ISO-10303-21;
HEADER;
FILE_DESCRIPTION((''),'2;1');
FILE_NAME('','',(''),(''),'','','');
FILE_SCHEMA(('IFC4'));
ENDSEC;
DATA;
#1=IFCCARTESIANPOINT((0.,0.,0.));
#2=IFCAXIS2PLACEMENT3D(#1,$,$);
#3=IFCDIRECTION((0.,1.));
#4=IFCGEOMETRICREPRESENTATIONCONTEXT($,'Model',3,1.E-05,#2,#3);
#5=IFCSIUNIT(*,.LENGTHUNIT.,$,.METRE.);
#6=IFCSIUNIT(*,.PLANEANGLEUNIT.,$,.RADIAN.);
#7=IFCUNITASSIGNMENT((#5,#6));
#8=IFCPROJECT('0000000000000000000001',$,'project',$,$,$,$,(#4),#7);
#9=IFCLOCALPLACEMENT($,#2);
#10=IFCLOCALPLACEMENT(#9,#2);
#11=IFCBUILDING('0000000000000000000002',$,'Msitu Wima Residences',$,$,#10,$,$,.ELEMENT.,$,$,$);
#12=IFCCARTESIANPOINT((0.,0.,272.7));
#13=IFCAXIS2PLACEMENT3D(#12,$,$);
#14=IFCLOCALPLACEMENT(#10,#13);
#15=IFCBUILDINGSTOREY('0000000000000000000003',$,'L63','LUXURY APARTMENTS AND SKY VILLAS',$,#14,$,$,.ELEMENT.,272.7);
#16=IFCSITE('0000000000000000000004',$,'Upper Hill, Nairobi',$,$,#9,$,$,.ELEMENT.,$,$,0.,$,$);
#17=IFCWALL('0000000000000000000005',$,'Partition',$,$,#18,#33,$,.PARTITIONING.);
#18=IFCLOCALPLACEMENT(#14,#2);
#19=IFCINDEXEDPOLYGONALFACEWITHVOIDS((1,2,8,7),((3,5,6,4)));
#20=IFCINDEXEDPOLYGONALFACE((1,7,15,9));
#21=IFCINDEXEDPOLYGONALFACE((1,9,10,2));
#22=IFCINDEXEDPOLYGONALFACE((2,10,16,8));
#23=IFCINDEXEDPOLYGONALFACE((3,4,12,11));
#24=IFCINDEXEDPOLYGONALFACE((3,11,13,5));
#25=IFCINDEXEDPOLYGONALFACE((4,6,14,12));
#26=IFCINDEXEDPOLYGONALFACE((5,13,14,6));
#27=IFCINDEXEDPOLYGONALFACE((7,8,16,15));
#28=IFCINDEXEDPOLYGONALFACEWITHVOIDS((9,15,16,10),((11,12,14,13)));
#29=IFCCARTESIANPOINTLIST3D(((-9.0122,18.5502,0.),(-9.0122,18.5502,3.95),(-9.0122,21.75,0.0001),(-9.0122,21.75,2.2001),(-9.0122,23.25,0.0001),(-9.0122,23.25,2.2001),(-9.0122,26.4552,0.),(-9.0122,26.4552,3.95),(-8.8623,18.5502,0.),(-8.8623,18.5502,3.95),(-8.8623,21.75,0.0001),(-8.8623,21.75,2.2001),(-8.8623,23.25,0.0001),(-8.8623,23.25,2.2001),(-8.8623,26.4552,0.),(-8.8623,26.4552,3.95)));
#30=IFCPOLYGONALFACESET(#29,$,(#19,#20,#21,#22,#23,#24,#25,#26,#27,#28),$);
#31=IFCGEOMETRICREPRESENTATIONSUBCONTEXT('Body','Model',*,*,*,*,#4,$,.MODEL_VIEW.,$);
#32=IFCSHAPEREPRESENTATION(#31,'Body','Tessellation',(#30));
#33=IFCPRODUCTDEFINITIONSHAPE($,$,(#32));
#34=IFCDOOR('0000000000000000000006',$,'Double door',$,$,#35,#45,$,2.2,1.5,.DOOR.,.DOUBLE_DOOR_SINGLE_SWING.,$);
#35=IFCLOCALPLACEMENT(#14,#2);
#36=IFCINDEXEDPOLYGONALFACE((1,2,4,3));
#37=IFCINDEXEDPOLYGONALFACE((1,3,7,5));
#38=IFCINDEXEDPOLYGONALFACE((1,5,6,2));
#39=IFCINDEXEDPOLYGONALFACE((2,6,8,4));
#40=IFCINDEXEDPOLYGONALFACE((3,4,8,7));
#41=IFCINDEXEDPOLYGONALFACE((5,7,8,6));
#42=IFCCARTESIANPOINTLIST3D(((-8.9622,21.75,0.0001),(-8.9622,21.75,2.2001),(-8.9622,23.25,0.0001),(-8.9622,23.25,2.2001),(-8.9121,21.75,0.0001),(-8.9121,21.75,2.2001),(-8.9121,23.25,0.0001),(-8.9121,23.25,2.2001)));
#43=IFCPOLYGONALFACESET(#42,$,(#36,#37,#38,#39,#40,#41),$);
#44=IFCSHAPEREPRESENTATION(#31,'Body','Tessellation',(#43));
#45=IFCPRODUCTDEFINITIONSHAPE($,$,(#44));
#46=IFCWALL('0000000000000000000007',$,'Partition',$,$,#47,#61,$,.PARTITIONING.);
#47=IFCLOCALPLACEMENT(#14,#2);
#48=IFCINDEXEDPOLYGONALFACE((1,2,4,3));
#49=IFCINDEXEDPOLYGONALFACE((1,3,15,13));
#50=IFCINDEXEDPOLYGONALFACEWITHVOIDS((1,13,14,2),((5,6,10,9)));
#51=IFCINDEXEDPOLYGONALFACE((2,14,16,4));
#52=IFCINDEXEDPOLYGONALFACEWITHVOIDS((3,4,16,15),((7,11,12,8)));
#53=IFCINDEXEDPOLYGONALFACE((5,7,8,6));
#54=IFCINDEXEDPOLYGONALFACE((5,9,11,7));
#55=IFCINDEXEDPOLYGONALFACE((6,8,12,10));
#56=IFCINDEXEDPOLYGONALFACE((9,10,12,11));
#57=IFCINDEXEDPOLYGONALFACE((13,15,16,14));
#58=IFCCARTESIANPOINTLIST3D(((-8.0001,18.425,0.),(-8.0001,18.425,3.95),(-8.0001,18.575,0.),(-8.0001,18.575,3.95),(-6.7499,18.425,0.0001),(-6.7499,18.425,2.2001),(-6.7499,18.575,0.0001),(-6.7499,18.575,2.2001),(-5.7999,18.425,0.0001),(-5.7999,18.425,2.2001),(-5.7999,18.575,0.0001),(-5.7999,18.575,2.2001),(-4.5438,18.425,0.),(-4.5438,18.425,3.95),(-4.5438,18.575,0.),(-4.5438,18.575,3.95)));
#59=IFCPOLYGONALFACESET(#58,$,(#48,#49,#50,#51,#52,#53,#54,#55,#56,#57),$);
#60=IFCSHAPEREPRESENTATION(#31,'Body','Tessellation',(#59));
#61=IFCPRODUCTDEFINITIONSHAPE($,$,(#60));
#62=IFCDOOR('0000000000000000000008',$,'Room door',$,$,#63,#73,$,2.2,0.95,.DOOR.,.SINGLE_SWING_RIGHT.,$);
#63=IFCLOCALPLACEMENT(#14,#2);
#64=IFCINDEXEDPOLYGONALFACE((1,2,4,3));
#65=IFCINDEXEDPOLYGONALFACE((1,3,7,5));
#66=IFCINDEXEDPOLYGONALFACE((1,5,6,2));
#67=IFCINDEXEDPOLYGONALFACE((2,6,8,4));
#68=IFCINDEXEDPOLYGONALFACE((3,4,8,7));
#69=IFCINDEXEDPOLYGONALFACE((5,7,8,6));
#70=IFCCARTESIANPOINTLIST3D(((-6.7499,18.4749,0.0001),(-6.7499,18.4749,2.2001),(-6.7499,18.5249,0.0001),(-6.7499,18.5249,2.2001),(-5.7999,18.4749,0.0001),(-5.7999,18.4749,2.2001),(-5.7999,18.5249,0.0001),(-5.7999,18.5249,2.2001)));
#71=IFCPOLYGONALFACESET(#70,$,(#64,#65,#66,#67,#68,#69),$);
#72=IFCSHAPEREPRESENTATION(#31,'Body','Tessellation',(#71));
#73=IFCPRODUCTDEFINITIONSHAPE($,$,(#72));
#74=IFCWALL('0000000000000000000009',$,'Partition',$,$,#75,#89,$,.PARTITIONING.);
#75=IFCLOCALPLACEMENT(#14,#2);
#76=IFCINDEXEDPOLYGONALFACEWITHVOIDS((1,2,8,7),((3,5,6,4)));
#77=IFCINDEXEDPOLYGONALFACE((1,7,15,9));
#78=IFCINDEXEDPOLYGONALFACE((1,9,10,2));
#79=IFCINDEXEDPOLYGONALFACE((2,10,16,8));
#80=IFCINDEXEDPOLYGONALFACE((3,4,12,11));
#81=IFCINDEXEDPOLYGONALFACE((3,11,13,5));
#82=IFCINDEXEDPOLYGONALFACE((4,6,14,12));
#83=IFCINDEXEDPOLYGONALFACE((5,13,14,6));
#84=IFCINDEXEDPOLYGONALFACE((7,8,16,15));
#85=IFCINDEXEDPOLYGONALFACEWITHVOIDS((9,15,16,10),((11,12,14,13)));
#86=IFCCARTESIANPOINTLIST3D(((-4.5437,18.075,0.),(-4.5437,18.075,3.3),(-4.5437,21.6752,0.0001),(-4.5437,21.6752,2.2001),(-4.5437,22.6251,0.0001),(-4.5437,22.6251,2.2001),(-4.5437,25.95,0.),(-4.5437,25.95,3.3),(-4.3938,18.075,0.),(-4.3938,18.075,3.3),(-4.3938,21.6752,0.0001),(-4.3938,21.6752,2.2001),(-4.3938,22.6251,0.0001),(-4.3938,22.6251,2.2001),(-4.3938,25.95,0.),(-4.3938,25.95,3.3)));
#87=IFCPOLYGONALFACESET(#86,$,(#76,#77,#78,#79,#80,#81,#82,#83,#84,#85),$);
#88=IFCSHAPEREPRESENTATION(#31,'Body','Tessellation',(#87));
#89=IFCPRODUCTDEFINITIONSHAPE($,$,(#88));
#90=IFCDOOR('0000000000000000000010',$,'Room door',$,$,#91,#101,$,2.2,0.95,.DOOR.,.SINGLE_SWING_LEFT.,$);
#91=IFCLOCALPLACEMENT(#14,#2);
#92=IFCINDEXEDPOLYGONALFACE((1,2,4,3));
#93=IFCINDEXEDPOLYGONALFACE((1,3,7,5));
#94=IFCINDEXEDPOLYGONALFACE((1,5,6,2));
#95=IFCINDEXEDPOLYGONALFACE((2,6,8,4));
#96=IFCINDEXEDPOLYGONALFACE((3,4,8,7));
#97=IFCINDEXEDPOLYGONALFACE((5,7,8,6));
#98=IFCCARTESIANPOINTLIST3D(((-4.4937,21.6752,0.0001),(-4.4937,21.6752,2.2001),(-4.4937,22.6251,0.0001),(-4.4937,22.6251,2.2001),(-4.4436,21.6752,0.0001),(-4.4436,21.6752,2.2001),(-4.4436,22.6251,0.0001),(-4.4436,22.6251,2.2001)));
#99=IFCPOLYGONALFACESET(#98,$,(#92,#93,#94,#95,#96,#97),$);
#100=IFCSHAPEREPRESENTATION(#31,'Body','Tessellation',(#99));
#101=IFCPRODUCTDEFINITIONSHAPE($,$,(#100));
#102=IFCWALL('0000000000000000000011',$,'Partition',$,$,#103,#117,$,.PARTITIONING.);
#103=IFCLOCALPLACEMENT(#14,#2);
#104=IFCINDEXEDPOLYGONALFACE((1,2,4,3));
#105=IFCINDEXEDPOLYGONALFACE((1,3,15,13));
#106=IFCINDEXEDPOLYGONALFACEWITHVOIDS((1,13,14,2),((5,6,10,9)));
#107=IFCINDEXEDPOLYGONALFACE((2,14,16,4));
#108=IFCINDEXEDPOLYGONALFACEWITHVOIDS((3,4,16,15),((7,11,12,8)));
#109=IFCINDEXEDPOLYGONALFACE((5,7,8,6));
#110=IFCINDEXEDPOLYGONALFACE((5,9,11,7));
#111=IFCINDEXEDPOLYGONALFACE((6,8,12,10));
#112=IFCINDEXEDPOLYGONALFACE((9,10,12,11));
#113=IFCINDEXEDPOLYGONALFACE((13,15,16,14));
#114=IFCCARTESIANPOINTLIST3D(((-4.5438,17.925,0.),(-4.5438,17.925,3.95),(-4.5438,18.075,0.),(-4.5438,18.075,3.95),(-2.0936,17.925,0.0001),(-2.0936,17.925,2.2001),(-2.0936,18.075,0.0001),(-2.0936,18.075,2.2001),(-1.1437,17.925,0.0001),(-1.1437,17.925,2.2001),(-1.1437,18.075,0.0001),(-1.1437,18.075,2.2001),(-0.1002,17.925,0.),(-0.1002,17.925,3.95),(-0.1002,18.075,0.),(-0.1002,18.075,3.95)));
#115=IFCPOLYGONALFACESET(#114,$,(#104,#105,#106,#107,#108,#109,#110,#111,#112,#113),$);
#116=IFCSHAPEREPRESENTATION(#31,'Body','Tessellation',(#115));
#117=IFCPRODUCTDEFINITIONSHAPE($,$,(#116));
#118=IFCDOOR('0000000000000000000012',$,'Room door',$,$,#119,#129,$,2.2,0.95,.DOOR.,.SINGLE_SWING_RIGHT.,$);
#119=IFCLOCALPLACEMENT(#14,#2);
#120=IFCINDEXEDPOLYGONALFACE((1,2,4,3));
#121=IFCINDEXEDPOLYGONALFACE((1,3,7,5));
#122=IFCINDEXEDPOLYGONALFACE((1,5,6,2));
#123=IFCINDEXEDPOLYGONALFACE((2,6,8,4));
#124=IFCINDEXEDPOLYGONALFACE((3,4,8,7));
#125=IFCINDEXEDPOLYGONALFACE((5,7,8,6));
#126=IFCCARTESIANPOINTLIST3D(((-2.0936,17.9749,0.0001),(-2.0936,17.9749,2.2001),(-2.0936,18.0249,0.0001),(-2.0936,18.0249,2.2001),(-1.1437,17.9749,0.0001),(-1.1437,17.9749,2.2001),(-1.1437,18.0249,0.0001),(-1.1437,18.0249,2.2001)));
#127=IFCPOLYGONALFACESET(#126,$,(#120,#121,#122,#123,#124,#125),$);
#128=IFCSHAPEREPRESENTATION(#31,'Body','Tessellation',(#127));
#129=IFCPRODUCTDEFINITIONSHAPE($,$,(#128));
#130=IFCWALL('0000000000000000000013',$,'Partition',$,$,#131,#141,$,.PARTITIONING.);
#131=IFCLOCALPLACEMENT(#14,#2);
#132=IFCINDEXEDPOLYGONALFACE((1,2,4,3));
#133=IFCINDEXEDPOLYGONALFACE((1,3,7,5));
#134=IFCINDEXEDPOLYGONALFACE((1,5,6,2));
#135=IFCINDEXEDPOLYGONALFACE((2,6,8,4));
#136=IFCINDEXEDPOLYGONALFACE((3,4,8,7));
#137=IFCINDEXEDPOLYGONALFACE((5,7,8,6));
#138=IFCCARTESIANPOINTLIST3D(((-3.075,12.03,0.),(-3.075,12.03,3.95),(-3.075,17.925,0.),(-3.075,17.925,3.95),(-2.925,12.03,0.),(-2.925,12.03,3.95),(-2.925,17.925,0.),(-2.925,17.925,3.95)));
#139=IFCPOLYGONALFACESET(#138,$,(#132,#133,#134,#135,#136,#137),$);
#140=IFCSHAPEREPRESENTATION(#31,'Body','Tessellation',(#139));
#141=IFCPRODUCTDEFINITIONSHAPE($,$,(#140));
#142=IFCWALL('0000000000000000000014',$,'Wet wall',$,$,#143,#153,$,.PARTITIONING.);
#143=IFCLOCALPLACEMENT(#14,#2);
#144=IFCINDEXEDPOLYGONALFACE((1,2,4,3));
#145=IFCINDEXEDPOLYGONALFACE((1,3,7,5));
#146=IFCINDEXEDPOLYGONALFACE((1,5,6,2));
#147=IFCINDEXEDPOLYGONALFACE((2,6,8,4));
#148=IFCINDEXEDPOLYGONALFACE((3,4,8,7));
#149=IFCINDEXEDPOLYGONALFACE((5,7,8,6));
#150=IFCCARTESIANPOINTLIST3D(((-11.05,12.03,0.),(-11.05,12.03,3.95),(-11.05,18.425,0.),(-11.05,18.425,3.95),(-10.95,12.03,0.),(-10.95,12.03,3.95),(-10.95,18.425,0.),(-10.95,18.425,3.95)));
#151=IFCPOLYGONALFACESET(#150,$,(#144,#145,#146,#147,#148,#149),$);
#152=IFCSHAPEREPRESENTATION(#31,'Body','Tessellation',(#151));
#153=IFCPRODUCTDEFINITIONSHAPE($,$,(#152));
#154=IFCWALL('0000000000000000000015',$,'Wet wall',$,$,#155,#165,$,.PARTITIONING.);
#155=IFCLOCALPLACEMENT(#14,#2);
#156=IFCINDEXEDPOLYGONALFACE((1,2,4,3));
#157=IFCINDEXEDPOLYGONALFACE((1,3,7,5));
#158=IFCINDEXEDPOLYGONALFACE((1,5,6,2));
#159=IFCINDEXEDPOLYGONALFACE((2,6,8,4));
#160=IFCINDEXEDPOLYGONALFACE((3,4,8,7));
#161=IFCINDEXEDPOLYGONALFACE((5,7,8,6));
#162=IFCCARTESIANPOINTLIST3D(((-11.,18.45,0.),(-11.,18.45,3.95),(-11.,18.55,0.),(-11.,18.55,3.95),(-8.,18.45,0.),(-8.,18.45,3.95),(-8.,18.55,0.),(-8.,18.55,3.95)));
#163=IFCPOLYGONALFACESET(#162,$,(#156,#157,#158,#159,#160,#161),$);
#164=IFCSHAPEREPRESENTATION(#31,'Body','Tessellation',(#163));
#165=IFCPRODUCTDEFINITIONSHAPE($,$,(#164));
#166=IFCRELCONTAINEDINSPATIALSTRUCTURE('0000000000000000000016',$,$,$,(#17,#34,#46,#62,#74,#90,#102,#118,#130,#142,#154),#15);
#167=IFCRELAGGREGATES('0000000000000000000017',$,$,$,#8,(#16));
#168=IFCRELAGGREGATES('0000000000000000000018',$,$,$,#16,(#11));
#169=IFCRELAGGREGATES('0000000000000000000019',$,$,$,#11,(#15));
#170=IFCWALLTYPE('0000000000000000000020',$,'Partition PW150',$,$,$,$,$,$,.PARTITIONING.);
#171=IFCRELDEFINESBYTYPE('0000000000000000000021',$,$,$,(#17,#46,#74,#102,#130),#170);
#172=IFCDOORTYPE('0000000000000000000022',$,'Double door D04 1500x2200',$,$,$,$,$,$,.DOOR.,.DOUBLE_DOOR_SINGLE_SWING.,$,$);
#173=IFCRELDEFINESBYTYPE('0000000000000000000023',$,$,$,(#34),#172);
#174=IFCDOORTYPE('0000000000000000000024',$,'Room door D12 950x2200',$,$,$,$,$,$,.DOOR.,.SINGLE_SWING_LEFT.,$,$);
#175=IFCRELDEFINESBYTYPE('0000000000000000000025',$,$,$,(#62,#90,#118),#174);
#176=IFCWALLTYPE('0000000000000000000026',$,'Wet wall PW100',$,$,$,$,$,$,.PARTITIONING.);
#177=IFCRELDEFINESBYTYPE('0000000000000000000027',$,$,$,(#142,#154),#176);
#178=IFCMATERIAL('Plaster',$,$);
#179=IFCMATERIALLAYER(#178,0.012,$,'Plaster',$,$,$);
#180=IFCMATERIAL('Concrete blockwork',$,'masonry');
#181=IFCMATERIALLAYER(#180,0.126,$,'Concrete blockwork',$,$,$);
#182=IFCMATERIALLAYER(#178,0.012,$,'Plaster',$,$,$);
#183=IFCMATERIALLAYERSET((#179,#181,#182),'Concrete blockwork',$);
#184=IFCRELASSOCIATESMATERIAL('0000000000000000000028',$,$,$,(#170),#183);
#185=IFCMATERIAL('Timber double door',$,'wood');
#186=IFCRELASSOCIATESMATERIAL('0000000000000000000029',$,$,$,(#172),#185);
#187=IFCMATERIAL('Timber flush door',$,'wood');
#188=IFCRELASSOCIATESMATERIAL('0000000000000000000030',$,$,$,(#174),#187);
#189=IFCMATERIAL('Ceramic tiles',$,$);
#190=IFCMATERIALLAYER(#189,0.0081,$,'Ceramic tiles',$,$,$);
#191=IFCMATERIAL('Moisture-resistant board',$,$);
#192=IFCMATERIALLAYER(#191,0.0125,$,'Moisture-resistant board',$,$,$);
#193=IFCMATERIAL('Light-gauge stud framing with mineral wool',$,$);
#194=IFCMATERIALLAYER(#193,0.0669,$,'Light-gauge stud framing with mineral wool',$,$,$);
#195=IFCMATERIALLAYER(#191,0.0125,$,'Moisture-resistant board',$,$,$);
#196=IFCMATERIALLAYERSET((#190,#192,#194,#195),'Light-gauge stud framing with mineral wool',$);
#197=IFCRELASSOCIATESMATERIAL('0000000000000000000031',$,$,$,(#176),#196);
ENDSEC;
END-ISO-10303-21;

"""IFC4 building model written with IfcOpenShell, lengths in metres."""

from ifc_helpers import new_model, si_unit, direction, frame, frame_2d, origin, place, context, subcontext, project, spatial, rectangle, extrude, material, layer, layer_set, type_object, element, fill, save


model = new_model("IFC4")

# Units and contexts
model_context = context("Model", 3, precision=1e-05, world=origin(), true_north=direction((0.0, 1.0)))
body_context = subcontext(model_context, "Body", "Model", "MODEL_VIEW")
ifc_project = project(units=[si_unit("LENGTHUNIT", "METRE"), si_unit("PLANEANGLEUNIT", "RADIAN")], contexts=[model_context])

# Site, building, storey
site_placement = place(None, origin())
site = spatial("IfcSite", under=ifc_project, at=site_placement, Name="Upper Hill, Nairobi", CompositionType="ELEMENT", RefElevation=0.0)
building_placement = place(site_placement, origin())
building = spatial("IfcBuilding", under=site, at=building_placement, Name="Msitu Wima Residences", CompositionType="ELEMENT")
storey_placement = place(building_placement, frame((0.0, 0.0, 272.7)))
storey = spatial("IfcBuildingStorey", under=building, at=storey_placement, Name="L63", Description="LUXURY APARTMENTS AND SKY VILLAS", CompositionType="ELEMENT", Elevation=272.7)

# Walls, openings, doors
ifc_material_1 = material(Name="Plaster")
ifc_layer_1 = layer(ifc_material_1, 0.012, Name="Plaster")
ifc_material_2 = material(Name="Concrete blockwork", Category="masonry")
ifc_layer_2 = layer(ifc_material_2, 0.126, Name="Concrete blockwork")
ifc_layer_3 = layer(ifc_material_1, 0.012, Name="Plaster")
ifc_layer_set_1 = layer_set([ifc_layer_1, ifc_layer_2, ifc_layer_3], Name="Concrete blockwork")
wall_type_1 = type_object("IfcWallType", Name="Partition PW150", PredefinedType="PARTITIONING", material=ifc_layer_set_1)
wall_1_placement = place(storey_placement, frame((-8.9373, 18.55, 0.0), z_axis=(0.0, 0.0, 1.0), x_axis=(0.0, 1.0, 0.0)))
wall_1 = element("IfcWall", 1, at=wall_1_placement, inside=storey, type_object=wall_type_1, Name="Partition", PredefinedType="PARTITIONING", context=body_context, shape_type="SweptSolid", body=[
    extrude(rectangle(XDim=7.905, YDim=0.1499, at=frame_2d((3.9526, 0.0))), origin(), (0.0, 0.0, 1.0), 3.95),
])
opening_1_placement = place(wall_1_placement, frame((3.2, 0.0, 0.0)))
opening_1 = element("IfcOpeningElement", 2, at=opening_1_placement, cuts=wall_1, PredefinedType="OPENING", context=body_context, shape_type="SweptSolid", body=[
    extrude(rectangle(XDim=1.5, YDim=2.2, at=frame_2d((0.75, 1.1001))), frame((0.0, 0.085, 0.0), z_axis=(0.0, -1.0, 0.0), x_axis=(1.0, 0.0, 0.0)), (0.0, 0.0, 1.0), 0.1699),
])
ifc_material_3 = material(Name="Timber double door", Category="wood")
door_type_1 = type_object("IfcDoorType", Name="Double door D04 1500x2200", OperationType="DOUBLE_DOOR_SINGLE_SWING", PredefinedType="DOOR", material=ifc_material_3)
door_1_placement = place(opening_1_placement, origin())
door_1 = element("IfcDoor", 3, at=door_1_placement, inside=storey, type_object=door_type_1, Name="Double door", OperationType="DOUBLE_DOOR_SINGLE_SWING", OverallHeight=2.2, OverallWidth=1.5, PredefinedType="DOOR", context=body_context, shape_type="SweptSolid", body=[
    extrude(rectangle(XDim=1.5, YDim=2.2, at=frame_2d((0.75, 1.1001))), frame((0.0, 0.0249, 0.0), z_axis=(0.0, -1.0, 0.0), x_axis=(1.0, 0.0, 0.0)), (0.0, 0.0, 1.0), 0.05),
])
fill(opening_1, door_1)
wall_2_placement = place(storey_placement, frame((-8.0, 18.5, 0.0), z_axis=(0.0, 0.0, 1.0), x_axis=(1.0, 0.0, 0.0)))
wall_2 = element("IfcWall", 4, at=wall_2_placement, inside=storey, type_object=wall_type_1, Name="Partition", PredefinedType="PARTITIONING", context=body_context, shape_type="SweptSolid", body=[
    extrude(rectangle(XDim=3.4563, YDim=0.1499, at=frame_2d((1.728, 0.0))), origin(), (0.0, 0.0, 1.0), 3.95),
])
opening_2_placement = place(wall_2_placement, frame((1.25, 0.0, 0.0)))
opening_2 = element("IfcOpeningElement", 5, at=opening_2_placement, cuts=wall_2, PredefinedType="OPENING", context=body_context, shape_type="SweptSolid", body=[
    extrude(rectangle(XDim=0.95, YDim=2.2, at=frame_2d((0.4751, 1.1001))), frame((0.0, 0.085, 0.0), z_axis=(0.0, -1.0, 0.0), x_axis=(1.0, 0.0, 0.0)), (0.0, 0.0, 1.0), 0.1699),
])
ifc_material_4 = material(Name="Timber flush door", Category="wood")
door_type_2 = type_object("IfcDoorType", Name="Room door D12 950x2200", OperationType="SINGLE_SWING_LEFT", PredefinedType="DOOR", material=ifc_material_4)
door_2_placement = place(opening_2_placement, origin())
door_2 = element("IfcDoor", 6, at=door_2_placement, inside=storey, type_object=door_type_2, Name="Room door", OperationType="SINGLE_SWING_RIGHT", OverallHeight=2.2, OverallWidth=0.95, PredefinedType="DOOR", context=body_context, shape_type="SweptSolid", body=[
    extrude(rectangle(XDim=0.95, YDim=2.2, at=frame_2d((0.4751, 1.1001))), frame((0.0, 0.0249, 0.0), z_axis=(0.0, -1.0, 0.0), x_axis=(1.0, 0.0, 0.0)), (0.0, 0.0, 1.0), 0.05),
])
fill(opening_2, door_2)
wall_3_placement = place(storey_placement, frame((-4.4688, 18.075, 0.0), z_axis=(0.0, 0.0, 1.0), x_axis=(0.0, 1.0, 0.0)))
wall_3 = element("IfcWall", 7, at=wall_3_placement, inside=storey, type_object=wall_type_1, Name="Partition", PredefinedType="PARTITIONING", context=body_context, shape_type="SweptSolid", body=[
    extrude(rectangle(XDim=7.875, YDim=0.1499, at=frame_2d((3.9375, 0.0))), origin(), (0.0, 0.0, 1.0), 3.3),
])
opening_3_placement = place(wall_3_placement, frame((3.6001, 0.0, 0.0)))
opening_3 = element("IfcOpeningElement", 8, at=opening_3_placement, cuts=wall_3, PredefinedType="OPENING", context=body_context, shape_type="SweptSolid", body=[
    extrude(rectangle(XDim=0.95, YDim=2.2, at=frame_2d((0.4751, 1.1001))), frame((0.0, 0.085, 0.0), z_axis=(0.0, -1.0, 0.0), x_axis=(1.0, 0.0, 0.0)), (0.0, 0.0, 1.0), 0.1699),
])
door_3_placement = place(opening_3_placement, origin())
door_3 = element("IfcDoor", 9, at=door_3_placement, inside=storey, type_object=door_type_2, Name="Room door", OperationType="SINGLE_SWING_LEFT", OverallHeight=2.2, OverallWidth=0.95, PredefinedType="DOOR", context=body_context, shape_type="SweptSolid", body=[
    extrude(rectangle(XDim=0.95, YDim=2.2, at=frame_2d((0.4751, 1.1001))), frame((0.0, 0.0249, 0.0), z_axis=(0.0, -1.0, 0.0), x_axis=(1.0, 0.0, 0.0)), (0.0, 0.0, 1.0), 0.05),
])
fill(opening_3, door_3)
wall_4_placement = place(storey_placement, frame((-4.5437, 18.0, 0.0), z_axis=(0.0, 0.0, 1.0), x_axis=(1.0, 0.0, 0.0)))
wall_4 = element("IfcWall", 10, at=wall_4_placement, inside=storey, type_object=wall_type_1, Name="Partition", PredefinedType="PARTITIONING", context=body_context, shape_type="SweptSolid", body=[
    extrude(rectangle(XDim=4.4436, YDim=0.1499, at=frame_2d((2.2217, 0.0))), origin(), (0.0, 0.0, 1.0), 3.95),
])
opening_4_placement = place(wall_4_placement, frame((2.45, 0.0, 0.0)))
opening_4 = element("IfcOpeningElement", 11, at=opening_4_placement, cuts=wall_4, PredefinedType="OPENING", context=body_context, shape_type="SweptSolid", body=[
    extrude(rectangle(XDim=0.95, YDim=2.2, at=frame_2d((0.4751, 1.1001))), frame((0.0, 0.085, 0.0), z_axis=(0.0, -1.0, 0.0), x_axis=(1.0, 0.0, 0.0)), (0.0, 0.0, 1.0), 0.1699),
])
door_4_placement = place(opening_4_placement, origin())
door_4 = element("IfcDoor", 12, at=door_4_placement, inside=storey, type_object=door_type_2, Name="Room door", OperationType="SINGLE_SWING_RIGHT", OverallHeight=2.2, OverallWidth=0.95, PredefinedType="DOOR", context=body_context, shape_type="SweptSolid", body=[
    extrude(rectangle(XDim=0.95, YDim=2.2, at=frame_2d((0.4751, 1.1001))), frame((0.0, 0.0249, 0.0), z_axis=(0.0, -1.0, 0.0), x_axis=(1.0, 0.0, 0.0)), (0.0, 0.0, 1.0), 0.05),
])
fill(opening_4, door_4)

# Walls
wall_5_placement = place(storey_placement, frame((-3.0, 12.03, 0.0), z_axis=(0.0, 0.0, 1.0), x_axis=(0.0, 1.0, 0.0)))
element("IfcWall", 13, at=wall_5_placement, inside=storey, type_object=wall_type_1, Name="Partition", PredefinedType="PARTITIONING", context=body_context, shape_type="SweptSolid", body=[
    extrude(rectangle(XDim=5.895, YDim=0.1499, at=frame_2d((2.9475, 0.0))), origin(), (0.0, 0.0, 1.0), 3.95),
])
ifc_material_5 = material(Name="Ceramic tiles")
ifc_layer_4 = layer(ifc_material_5, 0.0081, Name="Ceramic tiles")
ifc_material_6 = material(Name="Moisture-resistant board")
ifc_layer_5 = layer(ifc_material_6, 0.0125, Name="Moisture-resistant board")
ifc_material_7 = material(Name="Light-gauge stud framing with mineral wool")
ifc_layer_6 = layer(ifc_material_7, 0.0669, Name="Light-gauge stud framing with mineral wool")
ifc_layer_7 = layer(ifc_material_6, 0.0125, Name="Moisture-resistant board")
ifc_layer_set_2 = layer_set([ifc_layer_4, ifc_layer_5, ifc_layer_6, ifc_layer_7], Name="Light-gauge stud framing with mineral wool")
wall_type_2 = type_object("IfcWallType", Name="Wet wall PW100", PredefinedType="PARTITIONING", material=ifc_layer_set_2)
wall_6_placement = place(storey_placement, frame((-11.0, 12.03, 0.0), z_axis=(0.0, 0.0, 1.0), x_axis=(0.0, 1.0, 0.0)))
element("IfcWall", 14, at=wall_6_placement, inside=storey, type_object=wall_type_2, Name="Wet wall", PredefinedType="PARTITIONING", context=body_context, shape_type="SweptSolid", body=[
    extrude(rectangle(XDim=6.395, YDim=0.1001, at=frame_2d((3.1975, 0.0))), origin(), (0.0, 0.0, 1.0), 3.95),
])
wall_7_placement = place(storey_placement, frame((-11.0, 18.5, 0.0), z_axis=(0.0, 0.0, 1.0), x_axis=(1.0, 0.0, 0.0)))
element("IfcWall", 15, at=wall_7_placement, inside=storey, type_object=wall_type_2, Name="Wet wall", PredefinedType="PARTITIONING", context=body_context, shape_type="SweptSolid", body=[
    extrude(rectangle(XDim=3.0, YDim=0.1001, at=frame_2d((1.5, 0.0))), origin(), (0.0, 0.0, 1.0), 3.95),
])

save(model, "model.ifc")
